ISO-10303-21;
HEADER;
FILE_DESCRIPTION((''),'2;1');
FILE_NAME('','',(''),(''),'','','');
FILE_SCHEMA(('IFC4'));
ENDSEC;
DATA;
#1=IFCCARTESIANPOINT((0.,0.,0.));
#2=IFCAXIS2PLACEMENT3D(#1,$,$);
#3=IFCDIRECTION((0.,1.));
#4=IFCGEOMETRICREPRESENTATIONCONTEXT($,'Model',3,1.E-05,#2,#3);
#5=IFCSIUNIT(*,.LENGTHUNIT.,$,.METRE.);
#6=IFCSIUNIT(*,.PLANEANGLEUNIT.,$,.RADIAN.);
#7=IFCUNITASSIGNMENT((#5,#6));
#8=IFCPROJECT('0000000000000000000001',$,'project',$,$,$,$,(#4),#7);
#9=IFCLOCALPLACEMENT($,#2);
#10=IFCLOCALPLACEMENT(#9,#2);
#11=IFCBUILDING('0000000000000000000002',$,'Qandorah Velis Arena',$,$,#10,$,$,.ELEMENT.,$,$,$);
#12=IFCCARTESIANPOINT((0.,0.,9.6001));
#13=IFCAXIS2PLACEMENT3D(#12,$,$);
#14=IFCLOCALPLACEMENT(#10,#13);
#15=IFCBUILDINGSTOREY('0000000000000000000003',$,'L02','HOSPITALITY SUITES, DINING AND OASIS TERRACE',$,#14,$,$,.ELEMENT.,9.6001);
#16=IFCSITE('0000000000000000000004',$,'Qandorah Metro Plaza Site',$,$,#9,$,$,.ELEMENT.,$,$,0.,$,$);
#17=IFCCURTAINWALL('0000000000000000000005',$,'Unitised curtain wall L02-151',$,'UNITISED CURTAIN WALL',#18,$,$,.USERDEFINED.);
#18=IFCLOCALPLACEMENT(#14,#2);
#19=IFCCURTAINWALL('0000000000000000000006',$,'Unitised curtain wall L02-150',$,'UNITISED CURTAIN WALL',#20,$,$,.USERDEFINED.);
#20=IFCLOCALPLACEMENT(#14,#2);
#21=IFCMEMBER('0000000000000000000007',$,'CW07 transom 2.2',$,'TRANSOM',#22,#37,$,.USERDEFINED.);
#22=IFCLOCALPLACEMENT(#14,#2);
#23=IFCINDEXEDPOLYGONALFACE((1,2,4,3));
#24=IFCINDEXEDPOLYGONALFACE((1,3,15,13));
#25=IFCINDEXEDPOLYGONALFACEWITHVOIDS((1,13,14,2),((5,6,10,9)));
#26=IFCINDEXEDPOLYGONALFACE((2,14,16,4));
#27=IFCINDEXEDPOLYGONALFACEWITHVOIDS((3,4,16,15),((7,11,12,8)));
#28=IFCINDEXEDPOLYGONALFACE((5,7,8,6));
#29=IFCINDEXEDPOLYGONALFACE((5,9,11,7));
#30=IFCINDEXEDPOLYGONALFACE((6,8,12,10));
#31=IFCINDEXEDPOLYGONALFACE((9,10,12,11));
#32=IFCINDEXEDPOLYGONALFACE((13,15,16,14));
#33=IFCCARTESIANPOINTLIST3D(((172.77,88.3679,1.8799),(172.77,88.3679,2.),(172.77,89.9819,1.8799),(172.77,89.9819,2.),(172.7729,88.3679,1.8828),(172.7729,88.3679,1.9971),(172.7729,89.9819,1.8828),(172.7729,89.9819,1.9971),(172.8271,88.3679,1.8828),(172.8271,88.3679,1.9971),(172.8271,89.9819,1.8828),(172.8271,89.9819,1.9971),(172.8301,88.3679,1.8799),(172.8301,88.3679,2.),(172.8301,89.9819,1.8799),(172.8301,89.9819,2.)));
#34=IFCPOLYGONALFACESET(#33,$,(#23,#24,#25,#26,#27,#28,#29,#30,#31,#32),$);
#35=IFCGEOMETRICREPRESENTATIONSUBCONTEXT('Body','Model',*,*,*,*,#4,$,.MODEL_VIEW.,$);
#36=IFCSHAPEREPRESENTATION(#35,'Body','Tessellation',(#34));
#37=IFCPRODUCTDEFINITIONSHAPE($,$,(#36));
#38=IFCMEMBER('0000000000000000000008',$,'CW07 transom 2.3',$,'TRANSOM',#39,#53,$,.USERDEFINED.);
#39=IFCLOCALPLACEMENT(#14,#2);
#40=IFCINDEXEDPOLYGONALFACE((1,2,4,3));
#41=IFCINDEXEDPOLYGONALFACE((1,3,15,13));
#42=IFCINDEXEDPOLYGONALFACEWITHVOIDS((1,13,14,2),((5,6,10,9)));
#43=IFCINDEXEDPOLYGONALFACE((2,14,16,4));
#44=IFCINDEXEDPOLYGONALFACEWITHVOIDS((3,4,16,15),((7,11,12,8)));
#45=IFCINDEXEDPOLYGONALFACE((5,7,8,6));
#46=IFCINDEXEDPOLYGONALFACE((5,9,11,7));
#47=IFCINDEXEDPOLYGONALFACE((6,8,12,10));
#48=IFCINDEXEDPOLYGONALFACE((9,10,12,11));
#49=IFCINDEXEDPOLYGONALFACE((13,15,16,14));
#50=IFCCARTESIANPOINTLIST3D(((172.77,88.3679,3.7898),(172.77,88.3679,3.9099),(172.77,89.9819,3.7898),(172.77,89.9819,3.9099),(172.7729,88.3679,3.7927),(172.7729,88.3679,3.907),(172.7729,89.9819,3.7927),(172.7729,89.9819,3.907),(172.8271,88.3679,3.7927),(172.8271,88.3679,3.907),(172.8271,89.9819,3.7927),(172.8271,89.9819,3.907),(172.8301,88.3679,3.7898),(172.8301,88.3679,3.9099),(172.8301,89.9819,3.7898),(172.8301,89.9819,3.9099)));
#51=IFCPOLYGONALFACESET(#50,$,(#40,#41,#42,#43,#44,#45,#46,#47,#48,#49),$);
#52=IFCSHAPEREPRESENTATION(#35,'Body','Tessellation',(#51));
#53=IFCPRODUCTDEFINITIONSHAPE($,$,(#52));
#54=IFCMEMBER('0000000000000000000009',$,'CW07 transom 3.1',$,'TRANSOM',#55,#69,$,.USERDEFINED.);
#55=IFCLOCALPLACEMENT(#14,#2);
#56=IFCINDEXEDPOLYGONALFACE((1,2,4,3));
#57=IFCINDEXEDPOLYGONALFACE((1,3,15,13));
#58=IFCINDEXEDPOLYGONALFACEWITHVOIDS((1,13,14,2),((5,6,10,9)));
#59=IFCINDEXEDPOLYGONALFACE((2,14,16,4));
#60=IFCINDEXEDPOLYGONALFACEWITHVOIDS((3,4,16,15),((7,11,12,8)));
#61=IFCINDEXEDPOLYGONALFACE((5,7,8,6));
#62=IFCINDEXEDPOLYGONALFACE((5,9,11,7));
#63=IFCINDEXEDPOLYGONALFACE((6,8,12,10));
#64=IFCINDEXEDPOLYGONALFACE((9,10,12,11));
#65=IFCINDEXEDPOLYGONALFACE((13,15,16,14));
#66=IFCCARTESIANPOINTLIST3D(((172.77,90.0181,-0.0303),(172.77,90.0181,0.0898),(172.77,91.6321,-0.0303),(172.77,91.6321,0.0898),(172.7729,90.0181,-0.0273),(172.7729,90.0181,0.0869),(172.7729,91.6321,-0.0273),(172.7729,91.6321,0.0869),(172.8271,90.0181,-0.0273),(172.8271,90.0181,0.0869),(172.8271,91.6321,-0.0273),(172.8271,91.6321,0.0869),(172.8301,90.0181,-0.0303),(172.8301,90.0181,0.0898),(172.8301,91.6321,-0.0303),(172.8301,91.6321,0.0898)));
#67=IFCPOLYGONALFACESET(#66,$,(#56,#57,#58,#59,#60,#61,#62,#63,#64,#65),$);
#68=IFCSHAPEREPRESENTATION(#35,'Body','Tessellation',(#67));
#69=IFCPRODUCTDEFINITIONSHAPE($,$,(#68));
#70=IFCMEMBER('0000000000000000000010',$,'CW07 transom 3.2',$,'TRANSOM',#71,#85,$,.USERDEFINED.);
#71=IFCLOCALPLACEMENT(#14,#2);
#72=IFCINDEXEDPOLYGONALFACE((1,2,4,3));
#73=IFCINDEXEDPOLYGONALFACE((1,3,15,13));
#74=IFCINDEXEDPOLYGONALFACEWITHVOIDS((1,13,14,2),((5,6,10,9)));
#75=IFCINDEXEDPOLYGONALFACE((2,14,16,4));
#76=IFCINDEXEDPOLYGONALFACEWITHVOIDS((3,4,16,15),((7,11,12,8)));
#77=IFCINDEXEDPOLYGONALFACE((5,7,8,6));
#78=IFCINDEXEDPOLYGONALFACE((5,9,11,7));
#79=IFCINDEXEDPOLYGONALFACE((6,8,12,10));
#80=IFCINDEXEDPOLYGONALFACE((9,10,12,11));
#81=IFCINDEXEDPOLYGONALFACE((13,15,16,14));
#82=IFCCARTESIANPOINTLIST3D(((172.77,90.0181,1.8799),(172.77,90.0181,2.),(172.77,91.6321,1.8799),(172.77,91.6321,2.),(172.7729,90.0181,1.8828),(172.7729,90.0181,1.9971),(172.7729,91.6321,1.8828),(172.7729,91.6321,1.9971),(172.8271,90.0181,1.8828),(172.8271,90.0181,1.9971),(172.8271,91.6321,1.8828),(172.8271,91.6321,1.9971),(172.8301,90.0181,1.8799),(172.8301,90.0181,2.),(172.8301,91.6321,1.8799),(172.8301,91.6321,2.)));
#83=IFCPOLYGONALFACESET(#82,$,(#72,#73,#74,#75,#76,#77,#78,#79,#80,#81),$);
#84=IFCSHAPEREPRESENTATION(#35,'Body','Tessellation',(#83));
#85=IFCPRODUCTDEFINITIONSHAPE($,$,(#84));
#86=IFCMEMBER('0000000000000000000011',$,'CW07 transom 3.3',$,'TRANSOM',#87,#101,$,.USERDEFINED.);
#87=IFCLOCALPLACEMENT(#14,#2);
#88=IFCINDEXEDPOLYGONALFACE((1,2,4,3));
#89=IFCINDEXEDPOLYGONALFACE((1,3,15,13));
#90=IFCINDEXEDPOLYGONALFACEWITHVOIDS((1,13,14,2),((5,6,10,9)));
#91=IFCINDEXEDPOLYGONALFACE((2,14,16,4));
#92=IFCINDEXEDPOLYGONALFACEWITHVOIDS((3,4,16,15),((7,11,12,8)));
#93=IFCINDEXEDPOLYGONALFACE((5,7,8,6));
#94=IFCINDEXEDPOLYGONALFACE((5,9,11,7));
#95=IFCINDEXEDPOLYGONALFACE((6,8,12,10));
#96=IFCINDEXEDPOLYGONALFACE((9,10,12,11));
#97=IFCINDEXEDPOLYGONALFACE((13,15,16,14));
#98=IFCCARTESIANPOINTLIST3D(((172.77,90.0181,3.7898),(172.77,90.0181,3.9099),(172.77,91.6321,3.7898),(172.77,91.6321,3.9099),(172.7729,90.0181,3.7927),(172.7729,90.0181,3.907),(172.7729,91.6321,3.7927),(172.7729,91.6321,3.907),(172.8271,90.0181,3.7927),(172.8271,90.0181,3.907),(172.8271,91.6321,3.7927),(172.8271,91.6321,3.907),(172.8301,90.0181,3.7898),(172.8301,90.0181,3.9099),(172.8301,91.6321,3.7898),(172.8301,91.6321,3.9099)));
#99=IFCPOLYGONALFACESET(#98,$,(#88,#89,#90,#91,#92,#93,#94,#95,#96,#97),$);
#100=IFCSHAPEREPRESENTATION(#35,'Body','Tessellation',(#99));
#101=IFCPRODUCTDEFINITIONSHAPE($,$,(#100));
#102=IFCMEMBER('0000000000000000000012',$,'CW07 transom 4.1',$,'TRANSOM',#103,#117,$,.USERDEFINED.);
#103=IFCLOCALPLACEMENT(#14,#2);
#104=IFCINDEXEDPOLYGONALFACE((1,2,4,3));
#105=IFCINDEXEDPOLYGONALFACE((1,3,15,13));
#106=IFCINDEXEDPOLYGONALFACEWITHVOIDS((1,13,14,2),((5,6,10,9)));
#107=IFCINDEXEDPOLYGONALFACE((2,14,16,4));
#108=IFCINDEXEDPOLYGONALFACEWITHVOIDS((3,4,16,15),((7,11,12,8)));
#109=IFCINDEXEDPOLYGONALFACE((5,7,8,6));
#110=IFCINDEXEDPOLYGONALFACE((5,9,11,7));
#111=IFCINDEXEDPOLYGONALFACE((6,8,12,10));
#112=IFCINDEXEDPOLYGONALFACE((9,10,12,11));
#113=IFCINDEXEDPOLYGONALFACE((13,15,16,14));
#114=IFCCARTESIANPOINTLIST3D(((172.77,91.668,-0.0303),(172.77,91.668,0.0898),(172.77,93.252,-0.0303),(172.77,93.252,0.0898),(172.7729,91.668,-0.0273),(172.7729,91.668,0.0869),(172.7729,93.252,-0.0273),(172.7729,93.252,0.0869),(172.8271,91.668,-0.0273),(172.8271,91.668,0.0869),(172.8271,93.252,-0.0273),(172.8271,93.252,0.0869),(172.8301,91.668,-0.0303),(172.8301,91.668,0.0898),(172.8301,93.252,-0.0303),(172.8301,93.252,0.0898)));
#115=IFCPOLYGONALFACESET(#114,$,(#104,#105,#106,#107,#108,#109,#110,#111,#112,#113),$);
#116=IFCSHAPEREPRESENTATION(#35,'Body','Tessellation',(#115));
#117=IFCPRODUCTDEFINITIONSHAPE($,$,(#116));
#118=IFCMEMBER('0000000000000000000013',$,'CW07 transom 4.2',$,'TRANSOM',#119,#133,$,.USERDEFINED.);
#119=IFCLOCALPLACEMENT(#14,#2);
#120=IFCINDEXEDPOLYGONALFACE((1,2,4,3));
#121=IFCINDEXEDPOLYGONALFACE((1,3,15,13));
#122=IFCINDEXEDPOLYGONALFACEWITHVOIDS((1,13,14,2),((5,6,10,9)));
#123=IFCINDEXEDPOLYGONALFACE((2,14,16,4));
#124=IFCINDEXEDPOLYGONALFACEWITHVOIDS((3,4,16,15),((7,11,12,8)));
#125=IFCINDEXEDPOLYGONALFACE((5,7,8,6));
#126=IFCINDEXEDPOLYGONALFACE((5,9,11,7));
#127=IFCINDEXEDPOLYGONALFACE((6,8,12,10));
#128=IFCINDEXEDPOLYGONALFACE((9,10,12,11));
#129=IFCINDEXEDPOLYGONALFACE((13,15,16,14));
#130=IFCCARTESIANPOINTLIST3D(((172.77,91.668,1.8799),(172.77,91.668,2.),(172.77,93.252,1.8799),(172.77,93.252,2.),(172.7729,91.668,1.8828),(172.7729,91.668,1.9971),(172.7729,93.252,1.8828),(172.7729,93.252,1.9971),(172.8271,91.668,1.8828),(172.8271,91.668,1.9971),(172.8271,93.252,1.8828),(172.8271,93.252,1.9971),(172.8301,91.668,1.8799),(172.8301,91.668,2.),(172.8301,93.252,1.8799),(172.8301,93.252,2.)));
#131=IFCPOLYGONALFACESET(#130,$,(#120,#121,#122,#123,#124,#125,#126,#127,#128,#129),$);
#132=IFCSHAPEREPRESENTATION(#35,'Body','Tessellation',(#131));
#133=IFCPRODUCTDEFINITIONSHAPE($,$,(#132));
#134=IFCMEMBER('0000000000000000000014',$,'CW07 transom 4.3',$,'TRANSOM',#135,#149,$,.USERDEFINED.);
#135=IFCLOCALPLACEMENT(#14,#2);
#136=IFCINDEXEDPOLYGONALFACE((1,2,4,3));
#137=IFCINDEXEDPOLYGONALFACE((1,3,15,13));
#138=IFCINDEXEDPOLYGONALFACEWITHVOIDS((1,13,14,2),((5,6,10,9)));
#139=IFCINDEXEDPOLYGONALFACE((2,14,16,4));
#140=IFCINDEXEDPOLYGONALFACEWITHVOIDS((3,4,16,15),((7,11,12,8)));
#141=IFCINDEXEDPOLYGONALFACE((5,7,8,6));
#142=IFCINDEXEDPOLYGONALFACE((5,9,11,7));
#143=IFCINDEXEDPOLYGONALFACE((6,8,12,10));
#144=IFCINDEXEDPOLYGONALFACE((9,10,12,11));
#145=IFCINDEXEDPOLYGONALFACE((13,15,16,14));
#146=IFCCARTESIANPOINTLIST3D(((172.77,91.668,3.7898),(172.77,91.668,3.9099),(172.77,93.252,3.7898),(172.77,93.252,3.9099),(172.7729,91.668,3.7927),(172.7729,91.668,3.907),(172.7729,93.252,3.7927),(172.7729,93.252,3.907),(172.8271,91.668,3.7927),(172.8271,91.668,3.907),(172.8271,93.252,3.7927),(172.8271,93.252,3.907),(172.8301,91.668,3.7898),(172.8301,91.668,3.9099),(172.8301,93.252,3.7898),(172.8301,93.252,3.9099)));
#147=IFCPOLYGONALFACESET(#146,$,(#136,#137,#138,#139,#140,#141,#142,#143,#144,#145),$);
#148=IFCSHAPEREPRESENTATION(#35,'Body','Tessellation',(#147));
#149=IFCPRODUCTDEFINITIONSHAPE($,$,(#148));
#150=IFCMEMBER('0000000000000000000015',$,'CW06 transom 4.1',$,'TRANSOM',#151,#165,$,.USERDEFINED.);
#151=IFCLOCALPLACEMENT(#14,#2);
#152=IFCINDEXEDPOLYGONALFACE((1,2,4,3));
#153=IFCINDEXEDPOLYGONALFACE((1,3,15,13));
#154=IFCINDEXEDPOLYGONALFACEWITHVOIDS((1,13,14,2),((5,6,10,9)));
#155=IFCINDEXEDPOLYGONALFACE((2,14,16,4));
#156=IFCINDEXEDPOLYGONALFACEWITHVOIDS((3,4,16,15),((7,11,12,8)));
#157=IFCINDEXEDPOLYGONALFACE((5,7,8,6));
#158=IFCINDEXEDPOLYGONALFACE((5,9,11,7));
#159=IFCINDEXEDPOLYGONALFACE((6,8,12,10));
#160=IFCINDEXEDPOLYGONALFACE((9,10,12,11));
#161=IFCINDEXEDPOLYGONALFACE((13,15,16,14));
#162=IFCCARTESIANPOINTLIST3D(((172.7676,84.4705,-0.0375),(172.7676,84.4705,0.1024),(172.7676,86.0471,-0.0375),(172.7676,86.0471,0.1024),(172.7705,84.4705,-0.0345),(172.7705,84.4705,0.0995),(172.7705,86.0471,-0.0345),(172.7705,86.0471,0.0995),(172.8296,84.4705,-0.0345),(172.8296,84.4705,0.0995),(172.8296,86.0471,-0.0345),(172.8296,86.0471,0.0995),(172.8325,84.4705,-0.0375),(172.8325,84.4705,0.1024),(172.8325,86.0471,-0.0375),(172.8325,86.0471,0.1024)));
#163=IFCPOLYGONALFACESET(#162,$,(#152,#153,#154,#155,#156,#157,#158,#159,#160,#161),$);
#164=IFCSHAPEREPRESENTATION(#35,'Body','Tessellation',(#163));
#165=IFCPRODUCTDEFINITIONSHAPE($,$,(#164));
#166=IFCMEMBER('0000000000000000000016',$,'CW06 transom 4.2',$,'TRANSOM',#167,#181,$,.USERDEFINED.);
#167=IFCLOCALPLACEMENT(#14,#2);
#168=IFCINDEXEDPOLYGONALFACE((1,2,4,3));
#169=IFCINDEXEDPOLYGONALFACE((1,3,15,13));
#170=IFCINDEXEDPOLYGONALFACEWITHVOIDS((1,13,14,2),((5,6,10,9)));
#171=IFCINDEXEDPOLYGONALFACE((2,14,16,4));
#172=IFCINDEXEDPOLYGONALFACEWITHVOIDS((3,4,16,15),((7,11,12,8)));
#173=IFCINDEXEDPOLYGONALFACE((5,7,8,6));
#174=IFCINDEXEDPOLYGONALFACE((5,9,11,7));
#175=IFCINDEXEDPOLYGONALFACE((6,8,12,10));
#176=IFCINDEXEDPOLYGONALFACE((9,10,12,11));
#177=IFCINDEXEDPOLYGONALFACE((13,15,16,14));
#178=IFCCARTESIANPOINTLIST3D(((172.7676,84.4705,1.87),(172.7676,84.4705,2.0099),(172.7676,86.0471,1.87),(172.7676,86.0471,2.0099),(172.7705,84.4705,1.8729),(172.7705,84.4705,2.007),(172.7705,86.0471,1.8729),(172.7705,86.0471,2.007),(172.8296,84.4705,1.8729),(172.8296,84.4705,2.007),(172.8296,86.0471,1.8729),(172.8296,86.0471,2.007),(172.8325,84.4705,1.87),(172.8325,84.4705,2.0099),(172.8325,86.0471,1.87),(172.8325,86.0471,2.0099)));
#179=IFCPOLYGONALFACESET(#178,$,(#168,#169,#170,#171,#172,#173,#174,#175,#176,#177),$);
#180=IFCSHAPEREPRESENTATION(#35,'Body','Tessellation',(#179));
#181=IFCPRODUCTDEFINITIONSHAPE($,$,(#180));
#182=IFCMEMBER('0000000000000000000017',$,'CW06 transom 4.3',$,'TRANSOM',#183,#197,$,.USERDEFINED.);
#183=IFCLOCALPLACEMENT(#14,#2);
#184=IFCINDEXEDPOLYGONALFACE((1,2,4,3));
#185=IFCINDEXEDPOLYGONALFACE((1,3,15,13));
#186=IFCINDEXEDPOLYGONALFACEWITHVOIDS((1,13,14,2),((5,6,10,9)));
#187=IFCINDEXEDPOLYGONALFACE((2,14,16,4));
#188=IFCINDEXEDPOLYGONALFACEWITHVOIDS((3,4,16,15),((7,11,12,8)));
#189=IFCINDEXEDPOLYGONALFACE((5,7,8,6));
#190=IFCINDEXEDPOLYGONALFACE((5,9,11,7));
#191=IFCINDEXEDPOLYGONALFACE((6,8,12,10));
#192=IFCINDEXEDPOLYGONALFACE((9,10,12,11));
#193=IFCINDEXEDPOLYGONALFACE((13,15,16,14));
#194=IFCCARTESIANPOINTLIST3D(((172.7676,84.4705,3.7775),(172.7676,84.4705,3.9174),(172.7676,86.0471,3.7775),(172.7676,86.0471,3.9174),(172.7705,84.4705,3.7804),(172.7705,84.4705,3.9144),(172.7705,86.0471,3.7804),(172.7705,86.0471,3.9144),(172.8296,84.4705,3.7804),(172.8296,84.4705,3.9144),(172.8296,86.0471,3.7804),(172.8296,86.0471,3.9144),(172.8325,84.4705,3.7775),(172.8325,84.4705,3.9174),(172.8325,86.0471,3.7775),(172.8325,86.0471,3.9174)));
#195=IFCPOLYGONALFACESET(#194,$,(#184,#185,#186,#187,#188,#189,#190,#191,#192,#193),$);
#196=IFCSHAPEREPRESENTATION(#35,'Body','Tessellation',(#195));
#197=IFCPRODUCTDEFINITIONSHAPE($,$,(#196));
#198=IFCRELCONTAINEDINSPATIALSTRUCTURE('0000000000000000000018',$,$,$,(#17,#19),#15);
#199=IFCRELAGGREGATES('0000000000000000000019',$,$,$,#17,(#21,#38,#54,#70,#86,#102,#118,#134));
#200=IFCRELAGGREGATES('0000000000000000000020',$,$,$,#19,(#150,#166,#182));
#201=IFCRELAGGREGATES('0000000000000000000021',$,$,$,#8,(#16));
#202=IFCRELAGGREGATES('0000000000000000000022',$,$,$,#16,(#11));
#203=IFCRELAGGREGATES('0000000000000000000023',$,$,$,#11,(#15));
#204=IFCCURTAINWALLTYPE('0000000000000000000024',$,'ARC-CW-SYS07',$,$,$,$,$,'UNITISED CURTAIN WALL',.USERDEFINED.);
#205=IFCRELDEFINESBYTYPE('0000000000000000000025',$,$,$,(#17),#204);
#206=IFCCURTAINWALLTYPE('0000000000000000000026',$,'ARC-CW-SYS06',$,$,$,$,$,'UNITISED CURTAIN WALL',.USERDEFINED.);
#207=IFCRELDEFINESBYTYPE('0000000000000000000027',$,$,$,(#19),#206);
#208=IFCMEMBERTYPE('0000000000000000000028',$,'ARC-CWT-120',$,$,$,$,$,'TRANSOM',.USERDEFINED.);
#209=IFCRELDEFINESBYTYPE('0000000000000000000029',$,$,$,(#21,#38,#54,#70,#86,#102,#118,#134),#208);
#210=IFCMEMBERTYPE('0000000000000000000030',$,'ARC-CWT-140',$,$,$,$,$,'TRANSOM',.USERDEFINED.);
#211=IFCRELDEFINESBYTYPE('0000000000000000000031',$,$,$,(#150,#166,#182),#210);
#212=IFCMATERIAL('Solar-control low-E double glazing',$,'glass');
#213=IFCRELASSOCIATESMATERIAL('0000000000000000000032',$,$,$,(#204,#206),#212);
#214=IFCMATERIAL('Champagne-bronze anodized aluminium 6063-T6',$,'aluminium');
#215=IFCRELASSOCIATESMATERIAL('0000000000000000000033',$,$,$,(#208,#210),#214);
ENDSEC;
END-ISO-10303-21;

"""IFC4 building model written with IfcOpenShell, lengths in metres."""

from ifc_helpers import new_model, si_unit, direction, frame, origin, origin_2d, place, context, subcontext, project, spatial, hollow_rectangle, extrude, material, material_profile, profile_set, type_object, element, aggregate, save


model = new_model("IFC4")

# Units and contexts
model_context = context("Model", 3, precision=1e-05, world=origin(), true_north=direction((0.0, 1.0)))
body_context = subcontext(model_context, "Body", "Model", "MODEL_VIEW")
ifc_project = project(units=[si_unit("LENGTHUNIT", "METRE"), si_unit("PLANEANGLEUNIT", "RADIAN")], contexts=[model_context])

# Site, building, storey
site_placement = place(None, origin())
site = spatial("IfcSite", under=ifc_project, at=site_placement, Name="Qandorah Metro Plaza Site", CompositionType="ELEMENT", RefElevation=0.0)
building_placement = place(site_placement, origin())
building = spatial("IfcBuilding", under=site, at=building_placement, Name="Qandorah Velis Arena", CompositionType="ELEMENT")
storey_placement = place(building_placement, frame((0.0, 0.0, 9.6001)))
storey = spatial("IfcBuildingStorey", under=building, at=storey_placement, Name="L02", Description="HOSPITALITY SUITES, DINING AND OASIS TERRACE", CompositionType="ELEMENT", Elevation=9.6001)

# Curtain walls
ifc_material_1 = material(Name="Solar-control low-E double glazing", Category="glass")
curtain_wall_type_1 = type_object("IfcCurtainWallType", Name="ARC-CW-SYS07", ElementType="UNITISED CURTAIN WALL", PredefinedType="USERDEFINED", material=ifc_material_1)
curtain_wall_1_placement = place(storey_placement, origin())
curtain_wall_1 = element("IfcCurtainWall", 1, at=curtain_wall_1_placement, inside=storey, type_object=curtain_wall_type_1, Name="Unitised curtain wall L02-151", ObjectType="UNITISED CURTAIN WALL", PredefinedType="USERDEFINED")
ifc_material_2 = material(Name="Champagne-bronze anodized aluminium 6063-T6", Category="aluminium")
curtain_wall_type_2 = type_object("IfcCurtainWallType", Name="ARC-CW-SYS06", ElementType="UNITISED CURTAIN WALL", PredefinedType="USERDEFINED", material=ifc_material_1)
curtain_wall_2_placement = place(storey_placement, origin())
curtain_wall_2 = element("IfcCurtainWall", 2, at=curtain_wall_2_placement, inside=storey, type_object=curtain_wall_type_2, Name="Unitised curtain wall L02-150", ObjectType="UNITISED CURTAIN WALL", PredefinedType="USERDEFINED")

# Members
ifc_material_profile_1 = material_profile(ifc_material_2, hollow_rectangle(XDim=0.0601, YDim=0.1201, WallThickness=0.0029, at=origin_2d()), Name="ALU TRANSOM 60x120")
ifc_profile_set_1 = profile_set([ifc_material_profile_1], Name="Champagne-bronze anodized aluminium 6063-T6")
member_type_1 = type_object("IfcMemberType", Name="ARC-CWT-120", ElementType="TRANSOM", PredefinedType="USERDEFINED", material=ifc_profile_set_1)
member_1_placement = place(storey_placement, frame((172.8, 88.3679, 1.9399), z_axis=(0.0, 1.0, 0.0), x_axis=(-1.0, 0.0, 0.0)))
member_1 = element("IfcMember", 3, at=member_1_placement, type_object=member_type_1, Name="CW07 transom 2.2", ObjectType="TRANSOM", PredefinedType="USERDEFINED", context=body_context, shape_type="SweptSolid", body=[
    extrude(hollow_rectangle(XDim=0.0601, YDim=0.1201, WallThickness=0.0029, at=origin_2d()), origin(), (0.0, 0.0, 1.0), 1.614),
])
member_2_placement = place(storey_placement, frame((172.8, 88.3679, 3.8499), z_axis=(0.0, 1.0, 0.0), x_axis=(-1.0, 0.0, 0.0)))
member_2 = element("IfcMember", 4, at=member_2_placement, type_object=member_type_1, Name="CW07 transom 2.3", ObjectType="TRANSOM", PredefinedType="USERDEFINED", context=body_context, shape_type="SweptSolid", body=[
    extrude(hollow_rectangle(XDim=0.0601, YDim=0.1201, WallThickness=0.0029, at=origin_2d()), origin(), (0.0, 0.0, 1.0), 1.614),
])
member_3_placement = place(storey_placement, frame((172.8, 90.0181, 0.0298), z_axis=(0.0, 1.0, 0.0), x_axis=(-1.0, 0.0, 0.0)))
member_3 = element("IfcMember", 5, at=member_3_placement, type_object=member_type_1, Name="CW07 transom 3.1", ObjectType="TRANSOM", PredefinedType="USERDEFINED", context=body_context, shape_type="SweptSolid", body=[
    extrude(hollow_rectangle(XDim=0.0601, YDim=0.1201, WallThickness=0.0029, at=origin_2d()), origin(), (0.0, 0.0, 1.0), 1.614),
])
member_4_placement = place(storey_placement, frame((172.8, 90.0181, 1.9399), z_axis=(0.0, 1.0, 0.0), x_axis=(-1.0, 0.0, 0.0)))
member_4 = element("IfcMember", 6, at=member_4_placement, type_object=member_type_1, Name="CW07 transom 3.2", ObjectType="TRANSOM", PredefinedType="USERDEFINED", context=body_context, shape_type="SweptSolid", body=[
    extrude(hollow_rectangle(XDim=0.0601, YDim=0.1201, WallThickness=0.0029, at=origin_2d()), origin(), (0.0, 0.0, 1.0), 1.614),
])
member_5_placement = place(storey_placement, frame((172.8, 90.0181, 3.8499), z_axis=(0.0, 1.0, 0.0), x_axis=(-1.0, 0.0, 0.0)))
member_5 = element("IfcMember", 7, at=member_5_placement, type_object=member_type_1, Name="CW07 transom 3.3", ObjectType="TRANSOM", PredefinedType="USERDEFINED", context=body_context, shape_type="SweptSolid", body=[
    extrude(hollow_rectangle(XDim=0.0601, YDim=0.1201, WallThickness=0.0029, at=origin_2d()), origin(), (0.0, 0.0, 1.0), 1.614),
])
member_6_placement = place(storey_placement, frame((172.8, 91.668, 0.0298), z_axis=(0.0, 1.0, 0.0), x_axis=(-1.0, 0.0, 0.0)))
member_6 = element("IfcMember", 8, at=member_6_placement, type_object=member_type_1, Name="CW07 transom 4.1", ObjectType="TRANSOM", PredefinedType="USERDEFINED", context=body_context, shape_type="SweptSolid", body=[
    extrude(hollow_rectangle(XDim=0.0601, YDim=0.1201, WallThickness=0.0029, at=origin_2d()), origin(), (0.0, 0.0, 1.0), 1.584),
])
member_7_placement = place(storey_placement, frame((172.8, 91.668, 1.9399), z_axis=(0.0, 1.0, 0.0), x_axis=(-1.0, 0.0, 0.0)))
member_7 = element("IfcMember", 9, at=member_7_placement, type_object=member_type_1, Name="CW07 transom 4.2", ObjectType="TRANSOM", PredefinedType="USERDEFINED", context=body_context, shape_type="SweptSolid", body=[
    extrude(hollow_rectangle(XDim=0.0601, YDim=0.1201, WallThickness=0.0029, at=origin_2d()), origin(), (0.0, 0.0, 1.0), 1.584),
])
member_8_placement = place(storey_placement, frame((172.8, 91.668, 3.8499), z_axis=(0.0, 1.0, 0.0), x_axis=(-1.0, 0.0, 0.0)))
member_8 = element("IfcMember", 10, at=member_8_placement, type_object=member_type_1, Name="CW07 transom 4.3", ObjectType="TRANSOM", PredefinedType="USERDEFINED", context=body_context, shape_type="SweptSolid", body=[
    extrude(hollow_rectangle(XDim=0.0601, YDim=0.1201, WallThickness=0.0029, at=origin_2d()), origin(), (0.0, 0.0, 1.0), 1.584),
])
ifc_material_profile_2 = material_profile(ifc_material_2, hollow_rectangle(XDim=0.0649, YDim=0.1399, WallThickness=0.0029, at=origin_2d()), Name="ALU TRANSOM 65x140")
ifc_profile_set_2 = profile_set([ifc_material_profile_2], Name="Champagne-bronze anodized aluminium 6063-T6")
member_type_2 = type_object("IfcMemberType", Name="ARC-CWT-140", ElementType="TRANSOM", PredefinedType="USERDEFINED", material=ifc_profile_set_2)
member_9_placement = place(storey_placement, frame((172.8, 84.4705, 0.0325), z_axis=(0.0, 1.0, 0.0), x_axis=(-1.0, 0.0, 0.0)))
member_9 = element("IfcMember", 11, at=member_9_placement, type_object=member_type_2, Name="CW06 transom 4.1", ObjectType="TRANSOM", PredefinedType="USERDEFINED", context=body_context, shape_type="SweptSolid", body=[
    extrude(hollow_rectangle(XDim=0.0649, YDim=0.1399, WallThickness=0.0029, at=origin_2d()), origin(), (0.0, 0.0, 1.0), 1.5767),
])
member_10_placement = place(storey_placement, frame((172.8, 84.4705, 1.9399), z_axis=(0.0, 1.0, 0.0), x_axis=(-1.0, 0.0, 0.0)))
member_10 = element("IfcMember", 12, at=member_10_placement, type_object=member_type_2, Name="CW06 transom 4.2", ObjectType="TRANSOM", PredefinedType="USERDEFINED", context=body_context, shape_type="SweptSolid", body=[
    extrude(hollow_rectangle(XDim=0.0649, YDim=0.1399, WallThickness=0.0029, at=origin_2d()), origin(), (0.0, 0.0, 1.0), 1.5767),
])
member_11_placement = place(storey_placement, frame((172.8, 84.4705, 3.8474), z_axis=(0.0, 1.0, 0.0), x_axis=(-1.0, 0.0, 0.0)))
member_11 = element("IfcMember", 13, at=member_11_placement, type_object=member_type_2, Name="CW06 transom 4.3", ObjectType="TRANSOM", PredefinedType="USERDEFINED", context=body_context, shape_type="SweptSolid", body=[
    extrude(hollow_rectangle(XDim=0.0649, YDim=0.1399, WallThickness=0.0029, at=origin_2d()), origin(), (0.0, 0.0, 1.0), 1.5767),
])

aggregate(curtain_wall_1, [member_1, member_2, member_3, member_4, member_5, member_6, member_7, member_8])
aggregate(curtain_wall_2, [member_9, member_10, member_11])

save(model, "model.ifc")
